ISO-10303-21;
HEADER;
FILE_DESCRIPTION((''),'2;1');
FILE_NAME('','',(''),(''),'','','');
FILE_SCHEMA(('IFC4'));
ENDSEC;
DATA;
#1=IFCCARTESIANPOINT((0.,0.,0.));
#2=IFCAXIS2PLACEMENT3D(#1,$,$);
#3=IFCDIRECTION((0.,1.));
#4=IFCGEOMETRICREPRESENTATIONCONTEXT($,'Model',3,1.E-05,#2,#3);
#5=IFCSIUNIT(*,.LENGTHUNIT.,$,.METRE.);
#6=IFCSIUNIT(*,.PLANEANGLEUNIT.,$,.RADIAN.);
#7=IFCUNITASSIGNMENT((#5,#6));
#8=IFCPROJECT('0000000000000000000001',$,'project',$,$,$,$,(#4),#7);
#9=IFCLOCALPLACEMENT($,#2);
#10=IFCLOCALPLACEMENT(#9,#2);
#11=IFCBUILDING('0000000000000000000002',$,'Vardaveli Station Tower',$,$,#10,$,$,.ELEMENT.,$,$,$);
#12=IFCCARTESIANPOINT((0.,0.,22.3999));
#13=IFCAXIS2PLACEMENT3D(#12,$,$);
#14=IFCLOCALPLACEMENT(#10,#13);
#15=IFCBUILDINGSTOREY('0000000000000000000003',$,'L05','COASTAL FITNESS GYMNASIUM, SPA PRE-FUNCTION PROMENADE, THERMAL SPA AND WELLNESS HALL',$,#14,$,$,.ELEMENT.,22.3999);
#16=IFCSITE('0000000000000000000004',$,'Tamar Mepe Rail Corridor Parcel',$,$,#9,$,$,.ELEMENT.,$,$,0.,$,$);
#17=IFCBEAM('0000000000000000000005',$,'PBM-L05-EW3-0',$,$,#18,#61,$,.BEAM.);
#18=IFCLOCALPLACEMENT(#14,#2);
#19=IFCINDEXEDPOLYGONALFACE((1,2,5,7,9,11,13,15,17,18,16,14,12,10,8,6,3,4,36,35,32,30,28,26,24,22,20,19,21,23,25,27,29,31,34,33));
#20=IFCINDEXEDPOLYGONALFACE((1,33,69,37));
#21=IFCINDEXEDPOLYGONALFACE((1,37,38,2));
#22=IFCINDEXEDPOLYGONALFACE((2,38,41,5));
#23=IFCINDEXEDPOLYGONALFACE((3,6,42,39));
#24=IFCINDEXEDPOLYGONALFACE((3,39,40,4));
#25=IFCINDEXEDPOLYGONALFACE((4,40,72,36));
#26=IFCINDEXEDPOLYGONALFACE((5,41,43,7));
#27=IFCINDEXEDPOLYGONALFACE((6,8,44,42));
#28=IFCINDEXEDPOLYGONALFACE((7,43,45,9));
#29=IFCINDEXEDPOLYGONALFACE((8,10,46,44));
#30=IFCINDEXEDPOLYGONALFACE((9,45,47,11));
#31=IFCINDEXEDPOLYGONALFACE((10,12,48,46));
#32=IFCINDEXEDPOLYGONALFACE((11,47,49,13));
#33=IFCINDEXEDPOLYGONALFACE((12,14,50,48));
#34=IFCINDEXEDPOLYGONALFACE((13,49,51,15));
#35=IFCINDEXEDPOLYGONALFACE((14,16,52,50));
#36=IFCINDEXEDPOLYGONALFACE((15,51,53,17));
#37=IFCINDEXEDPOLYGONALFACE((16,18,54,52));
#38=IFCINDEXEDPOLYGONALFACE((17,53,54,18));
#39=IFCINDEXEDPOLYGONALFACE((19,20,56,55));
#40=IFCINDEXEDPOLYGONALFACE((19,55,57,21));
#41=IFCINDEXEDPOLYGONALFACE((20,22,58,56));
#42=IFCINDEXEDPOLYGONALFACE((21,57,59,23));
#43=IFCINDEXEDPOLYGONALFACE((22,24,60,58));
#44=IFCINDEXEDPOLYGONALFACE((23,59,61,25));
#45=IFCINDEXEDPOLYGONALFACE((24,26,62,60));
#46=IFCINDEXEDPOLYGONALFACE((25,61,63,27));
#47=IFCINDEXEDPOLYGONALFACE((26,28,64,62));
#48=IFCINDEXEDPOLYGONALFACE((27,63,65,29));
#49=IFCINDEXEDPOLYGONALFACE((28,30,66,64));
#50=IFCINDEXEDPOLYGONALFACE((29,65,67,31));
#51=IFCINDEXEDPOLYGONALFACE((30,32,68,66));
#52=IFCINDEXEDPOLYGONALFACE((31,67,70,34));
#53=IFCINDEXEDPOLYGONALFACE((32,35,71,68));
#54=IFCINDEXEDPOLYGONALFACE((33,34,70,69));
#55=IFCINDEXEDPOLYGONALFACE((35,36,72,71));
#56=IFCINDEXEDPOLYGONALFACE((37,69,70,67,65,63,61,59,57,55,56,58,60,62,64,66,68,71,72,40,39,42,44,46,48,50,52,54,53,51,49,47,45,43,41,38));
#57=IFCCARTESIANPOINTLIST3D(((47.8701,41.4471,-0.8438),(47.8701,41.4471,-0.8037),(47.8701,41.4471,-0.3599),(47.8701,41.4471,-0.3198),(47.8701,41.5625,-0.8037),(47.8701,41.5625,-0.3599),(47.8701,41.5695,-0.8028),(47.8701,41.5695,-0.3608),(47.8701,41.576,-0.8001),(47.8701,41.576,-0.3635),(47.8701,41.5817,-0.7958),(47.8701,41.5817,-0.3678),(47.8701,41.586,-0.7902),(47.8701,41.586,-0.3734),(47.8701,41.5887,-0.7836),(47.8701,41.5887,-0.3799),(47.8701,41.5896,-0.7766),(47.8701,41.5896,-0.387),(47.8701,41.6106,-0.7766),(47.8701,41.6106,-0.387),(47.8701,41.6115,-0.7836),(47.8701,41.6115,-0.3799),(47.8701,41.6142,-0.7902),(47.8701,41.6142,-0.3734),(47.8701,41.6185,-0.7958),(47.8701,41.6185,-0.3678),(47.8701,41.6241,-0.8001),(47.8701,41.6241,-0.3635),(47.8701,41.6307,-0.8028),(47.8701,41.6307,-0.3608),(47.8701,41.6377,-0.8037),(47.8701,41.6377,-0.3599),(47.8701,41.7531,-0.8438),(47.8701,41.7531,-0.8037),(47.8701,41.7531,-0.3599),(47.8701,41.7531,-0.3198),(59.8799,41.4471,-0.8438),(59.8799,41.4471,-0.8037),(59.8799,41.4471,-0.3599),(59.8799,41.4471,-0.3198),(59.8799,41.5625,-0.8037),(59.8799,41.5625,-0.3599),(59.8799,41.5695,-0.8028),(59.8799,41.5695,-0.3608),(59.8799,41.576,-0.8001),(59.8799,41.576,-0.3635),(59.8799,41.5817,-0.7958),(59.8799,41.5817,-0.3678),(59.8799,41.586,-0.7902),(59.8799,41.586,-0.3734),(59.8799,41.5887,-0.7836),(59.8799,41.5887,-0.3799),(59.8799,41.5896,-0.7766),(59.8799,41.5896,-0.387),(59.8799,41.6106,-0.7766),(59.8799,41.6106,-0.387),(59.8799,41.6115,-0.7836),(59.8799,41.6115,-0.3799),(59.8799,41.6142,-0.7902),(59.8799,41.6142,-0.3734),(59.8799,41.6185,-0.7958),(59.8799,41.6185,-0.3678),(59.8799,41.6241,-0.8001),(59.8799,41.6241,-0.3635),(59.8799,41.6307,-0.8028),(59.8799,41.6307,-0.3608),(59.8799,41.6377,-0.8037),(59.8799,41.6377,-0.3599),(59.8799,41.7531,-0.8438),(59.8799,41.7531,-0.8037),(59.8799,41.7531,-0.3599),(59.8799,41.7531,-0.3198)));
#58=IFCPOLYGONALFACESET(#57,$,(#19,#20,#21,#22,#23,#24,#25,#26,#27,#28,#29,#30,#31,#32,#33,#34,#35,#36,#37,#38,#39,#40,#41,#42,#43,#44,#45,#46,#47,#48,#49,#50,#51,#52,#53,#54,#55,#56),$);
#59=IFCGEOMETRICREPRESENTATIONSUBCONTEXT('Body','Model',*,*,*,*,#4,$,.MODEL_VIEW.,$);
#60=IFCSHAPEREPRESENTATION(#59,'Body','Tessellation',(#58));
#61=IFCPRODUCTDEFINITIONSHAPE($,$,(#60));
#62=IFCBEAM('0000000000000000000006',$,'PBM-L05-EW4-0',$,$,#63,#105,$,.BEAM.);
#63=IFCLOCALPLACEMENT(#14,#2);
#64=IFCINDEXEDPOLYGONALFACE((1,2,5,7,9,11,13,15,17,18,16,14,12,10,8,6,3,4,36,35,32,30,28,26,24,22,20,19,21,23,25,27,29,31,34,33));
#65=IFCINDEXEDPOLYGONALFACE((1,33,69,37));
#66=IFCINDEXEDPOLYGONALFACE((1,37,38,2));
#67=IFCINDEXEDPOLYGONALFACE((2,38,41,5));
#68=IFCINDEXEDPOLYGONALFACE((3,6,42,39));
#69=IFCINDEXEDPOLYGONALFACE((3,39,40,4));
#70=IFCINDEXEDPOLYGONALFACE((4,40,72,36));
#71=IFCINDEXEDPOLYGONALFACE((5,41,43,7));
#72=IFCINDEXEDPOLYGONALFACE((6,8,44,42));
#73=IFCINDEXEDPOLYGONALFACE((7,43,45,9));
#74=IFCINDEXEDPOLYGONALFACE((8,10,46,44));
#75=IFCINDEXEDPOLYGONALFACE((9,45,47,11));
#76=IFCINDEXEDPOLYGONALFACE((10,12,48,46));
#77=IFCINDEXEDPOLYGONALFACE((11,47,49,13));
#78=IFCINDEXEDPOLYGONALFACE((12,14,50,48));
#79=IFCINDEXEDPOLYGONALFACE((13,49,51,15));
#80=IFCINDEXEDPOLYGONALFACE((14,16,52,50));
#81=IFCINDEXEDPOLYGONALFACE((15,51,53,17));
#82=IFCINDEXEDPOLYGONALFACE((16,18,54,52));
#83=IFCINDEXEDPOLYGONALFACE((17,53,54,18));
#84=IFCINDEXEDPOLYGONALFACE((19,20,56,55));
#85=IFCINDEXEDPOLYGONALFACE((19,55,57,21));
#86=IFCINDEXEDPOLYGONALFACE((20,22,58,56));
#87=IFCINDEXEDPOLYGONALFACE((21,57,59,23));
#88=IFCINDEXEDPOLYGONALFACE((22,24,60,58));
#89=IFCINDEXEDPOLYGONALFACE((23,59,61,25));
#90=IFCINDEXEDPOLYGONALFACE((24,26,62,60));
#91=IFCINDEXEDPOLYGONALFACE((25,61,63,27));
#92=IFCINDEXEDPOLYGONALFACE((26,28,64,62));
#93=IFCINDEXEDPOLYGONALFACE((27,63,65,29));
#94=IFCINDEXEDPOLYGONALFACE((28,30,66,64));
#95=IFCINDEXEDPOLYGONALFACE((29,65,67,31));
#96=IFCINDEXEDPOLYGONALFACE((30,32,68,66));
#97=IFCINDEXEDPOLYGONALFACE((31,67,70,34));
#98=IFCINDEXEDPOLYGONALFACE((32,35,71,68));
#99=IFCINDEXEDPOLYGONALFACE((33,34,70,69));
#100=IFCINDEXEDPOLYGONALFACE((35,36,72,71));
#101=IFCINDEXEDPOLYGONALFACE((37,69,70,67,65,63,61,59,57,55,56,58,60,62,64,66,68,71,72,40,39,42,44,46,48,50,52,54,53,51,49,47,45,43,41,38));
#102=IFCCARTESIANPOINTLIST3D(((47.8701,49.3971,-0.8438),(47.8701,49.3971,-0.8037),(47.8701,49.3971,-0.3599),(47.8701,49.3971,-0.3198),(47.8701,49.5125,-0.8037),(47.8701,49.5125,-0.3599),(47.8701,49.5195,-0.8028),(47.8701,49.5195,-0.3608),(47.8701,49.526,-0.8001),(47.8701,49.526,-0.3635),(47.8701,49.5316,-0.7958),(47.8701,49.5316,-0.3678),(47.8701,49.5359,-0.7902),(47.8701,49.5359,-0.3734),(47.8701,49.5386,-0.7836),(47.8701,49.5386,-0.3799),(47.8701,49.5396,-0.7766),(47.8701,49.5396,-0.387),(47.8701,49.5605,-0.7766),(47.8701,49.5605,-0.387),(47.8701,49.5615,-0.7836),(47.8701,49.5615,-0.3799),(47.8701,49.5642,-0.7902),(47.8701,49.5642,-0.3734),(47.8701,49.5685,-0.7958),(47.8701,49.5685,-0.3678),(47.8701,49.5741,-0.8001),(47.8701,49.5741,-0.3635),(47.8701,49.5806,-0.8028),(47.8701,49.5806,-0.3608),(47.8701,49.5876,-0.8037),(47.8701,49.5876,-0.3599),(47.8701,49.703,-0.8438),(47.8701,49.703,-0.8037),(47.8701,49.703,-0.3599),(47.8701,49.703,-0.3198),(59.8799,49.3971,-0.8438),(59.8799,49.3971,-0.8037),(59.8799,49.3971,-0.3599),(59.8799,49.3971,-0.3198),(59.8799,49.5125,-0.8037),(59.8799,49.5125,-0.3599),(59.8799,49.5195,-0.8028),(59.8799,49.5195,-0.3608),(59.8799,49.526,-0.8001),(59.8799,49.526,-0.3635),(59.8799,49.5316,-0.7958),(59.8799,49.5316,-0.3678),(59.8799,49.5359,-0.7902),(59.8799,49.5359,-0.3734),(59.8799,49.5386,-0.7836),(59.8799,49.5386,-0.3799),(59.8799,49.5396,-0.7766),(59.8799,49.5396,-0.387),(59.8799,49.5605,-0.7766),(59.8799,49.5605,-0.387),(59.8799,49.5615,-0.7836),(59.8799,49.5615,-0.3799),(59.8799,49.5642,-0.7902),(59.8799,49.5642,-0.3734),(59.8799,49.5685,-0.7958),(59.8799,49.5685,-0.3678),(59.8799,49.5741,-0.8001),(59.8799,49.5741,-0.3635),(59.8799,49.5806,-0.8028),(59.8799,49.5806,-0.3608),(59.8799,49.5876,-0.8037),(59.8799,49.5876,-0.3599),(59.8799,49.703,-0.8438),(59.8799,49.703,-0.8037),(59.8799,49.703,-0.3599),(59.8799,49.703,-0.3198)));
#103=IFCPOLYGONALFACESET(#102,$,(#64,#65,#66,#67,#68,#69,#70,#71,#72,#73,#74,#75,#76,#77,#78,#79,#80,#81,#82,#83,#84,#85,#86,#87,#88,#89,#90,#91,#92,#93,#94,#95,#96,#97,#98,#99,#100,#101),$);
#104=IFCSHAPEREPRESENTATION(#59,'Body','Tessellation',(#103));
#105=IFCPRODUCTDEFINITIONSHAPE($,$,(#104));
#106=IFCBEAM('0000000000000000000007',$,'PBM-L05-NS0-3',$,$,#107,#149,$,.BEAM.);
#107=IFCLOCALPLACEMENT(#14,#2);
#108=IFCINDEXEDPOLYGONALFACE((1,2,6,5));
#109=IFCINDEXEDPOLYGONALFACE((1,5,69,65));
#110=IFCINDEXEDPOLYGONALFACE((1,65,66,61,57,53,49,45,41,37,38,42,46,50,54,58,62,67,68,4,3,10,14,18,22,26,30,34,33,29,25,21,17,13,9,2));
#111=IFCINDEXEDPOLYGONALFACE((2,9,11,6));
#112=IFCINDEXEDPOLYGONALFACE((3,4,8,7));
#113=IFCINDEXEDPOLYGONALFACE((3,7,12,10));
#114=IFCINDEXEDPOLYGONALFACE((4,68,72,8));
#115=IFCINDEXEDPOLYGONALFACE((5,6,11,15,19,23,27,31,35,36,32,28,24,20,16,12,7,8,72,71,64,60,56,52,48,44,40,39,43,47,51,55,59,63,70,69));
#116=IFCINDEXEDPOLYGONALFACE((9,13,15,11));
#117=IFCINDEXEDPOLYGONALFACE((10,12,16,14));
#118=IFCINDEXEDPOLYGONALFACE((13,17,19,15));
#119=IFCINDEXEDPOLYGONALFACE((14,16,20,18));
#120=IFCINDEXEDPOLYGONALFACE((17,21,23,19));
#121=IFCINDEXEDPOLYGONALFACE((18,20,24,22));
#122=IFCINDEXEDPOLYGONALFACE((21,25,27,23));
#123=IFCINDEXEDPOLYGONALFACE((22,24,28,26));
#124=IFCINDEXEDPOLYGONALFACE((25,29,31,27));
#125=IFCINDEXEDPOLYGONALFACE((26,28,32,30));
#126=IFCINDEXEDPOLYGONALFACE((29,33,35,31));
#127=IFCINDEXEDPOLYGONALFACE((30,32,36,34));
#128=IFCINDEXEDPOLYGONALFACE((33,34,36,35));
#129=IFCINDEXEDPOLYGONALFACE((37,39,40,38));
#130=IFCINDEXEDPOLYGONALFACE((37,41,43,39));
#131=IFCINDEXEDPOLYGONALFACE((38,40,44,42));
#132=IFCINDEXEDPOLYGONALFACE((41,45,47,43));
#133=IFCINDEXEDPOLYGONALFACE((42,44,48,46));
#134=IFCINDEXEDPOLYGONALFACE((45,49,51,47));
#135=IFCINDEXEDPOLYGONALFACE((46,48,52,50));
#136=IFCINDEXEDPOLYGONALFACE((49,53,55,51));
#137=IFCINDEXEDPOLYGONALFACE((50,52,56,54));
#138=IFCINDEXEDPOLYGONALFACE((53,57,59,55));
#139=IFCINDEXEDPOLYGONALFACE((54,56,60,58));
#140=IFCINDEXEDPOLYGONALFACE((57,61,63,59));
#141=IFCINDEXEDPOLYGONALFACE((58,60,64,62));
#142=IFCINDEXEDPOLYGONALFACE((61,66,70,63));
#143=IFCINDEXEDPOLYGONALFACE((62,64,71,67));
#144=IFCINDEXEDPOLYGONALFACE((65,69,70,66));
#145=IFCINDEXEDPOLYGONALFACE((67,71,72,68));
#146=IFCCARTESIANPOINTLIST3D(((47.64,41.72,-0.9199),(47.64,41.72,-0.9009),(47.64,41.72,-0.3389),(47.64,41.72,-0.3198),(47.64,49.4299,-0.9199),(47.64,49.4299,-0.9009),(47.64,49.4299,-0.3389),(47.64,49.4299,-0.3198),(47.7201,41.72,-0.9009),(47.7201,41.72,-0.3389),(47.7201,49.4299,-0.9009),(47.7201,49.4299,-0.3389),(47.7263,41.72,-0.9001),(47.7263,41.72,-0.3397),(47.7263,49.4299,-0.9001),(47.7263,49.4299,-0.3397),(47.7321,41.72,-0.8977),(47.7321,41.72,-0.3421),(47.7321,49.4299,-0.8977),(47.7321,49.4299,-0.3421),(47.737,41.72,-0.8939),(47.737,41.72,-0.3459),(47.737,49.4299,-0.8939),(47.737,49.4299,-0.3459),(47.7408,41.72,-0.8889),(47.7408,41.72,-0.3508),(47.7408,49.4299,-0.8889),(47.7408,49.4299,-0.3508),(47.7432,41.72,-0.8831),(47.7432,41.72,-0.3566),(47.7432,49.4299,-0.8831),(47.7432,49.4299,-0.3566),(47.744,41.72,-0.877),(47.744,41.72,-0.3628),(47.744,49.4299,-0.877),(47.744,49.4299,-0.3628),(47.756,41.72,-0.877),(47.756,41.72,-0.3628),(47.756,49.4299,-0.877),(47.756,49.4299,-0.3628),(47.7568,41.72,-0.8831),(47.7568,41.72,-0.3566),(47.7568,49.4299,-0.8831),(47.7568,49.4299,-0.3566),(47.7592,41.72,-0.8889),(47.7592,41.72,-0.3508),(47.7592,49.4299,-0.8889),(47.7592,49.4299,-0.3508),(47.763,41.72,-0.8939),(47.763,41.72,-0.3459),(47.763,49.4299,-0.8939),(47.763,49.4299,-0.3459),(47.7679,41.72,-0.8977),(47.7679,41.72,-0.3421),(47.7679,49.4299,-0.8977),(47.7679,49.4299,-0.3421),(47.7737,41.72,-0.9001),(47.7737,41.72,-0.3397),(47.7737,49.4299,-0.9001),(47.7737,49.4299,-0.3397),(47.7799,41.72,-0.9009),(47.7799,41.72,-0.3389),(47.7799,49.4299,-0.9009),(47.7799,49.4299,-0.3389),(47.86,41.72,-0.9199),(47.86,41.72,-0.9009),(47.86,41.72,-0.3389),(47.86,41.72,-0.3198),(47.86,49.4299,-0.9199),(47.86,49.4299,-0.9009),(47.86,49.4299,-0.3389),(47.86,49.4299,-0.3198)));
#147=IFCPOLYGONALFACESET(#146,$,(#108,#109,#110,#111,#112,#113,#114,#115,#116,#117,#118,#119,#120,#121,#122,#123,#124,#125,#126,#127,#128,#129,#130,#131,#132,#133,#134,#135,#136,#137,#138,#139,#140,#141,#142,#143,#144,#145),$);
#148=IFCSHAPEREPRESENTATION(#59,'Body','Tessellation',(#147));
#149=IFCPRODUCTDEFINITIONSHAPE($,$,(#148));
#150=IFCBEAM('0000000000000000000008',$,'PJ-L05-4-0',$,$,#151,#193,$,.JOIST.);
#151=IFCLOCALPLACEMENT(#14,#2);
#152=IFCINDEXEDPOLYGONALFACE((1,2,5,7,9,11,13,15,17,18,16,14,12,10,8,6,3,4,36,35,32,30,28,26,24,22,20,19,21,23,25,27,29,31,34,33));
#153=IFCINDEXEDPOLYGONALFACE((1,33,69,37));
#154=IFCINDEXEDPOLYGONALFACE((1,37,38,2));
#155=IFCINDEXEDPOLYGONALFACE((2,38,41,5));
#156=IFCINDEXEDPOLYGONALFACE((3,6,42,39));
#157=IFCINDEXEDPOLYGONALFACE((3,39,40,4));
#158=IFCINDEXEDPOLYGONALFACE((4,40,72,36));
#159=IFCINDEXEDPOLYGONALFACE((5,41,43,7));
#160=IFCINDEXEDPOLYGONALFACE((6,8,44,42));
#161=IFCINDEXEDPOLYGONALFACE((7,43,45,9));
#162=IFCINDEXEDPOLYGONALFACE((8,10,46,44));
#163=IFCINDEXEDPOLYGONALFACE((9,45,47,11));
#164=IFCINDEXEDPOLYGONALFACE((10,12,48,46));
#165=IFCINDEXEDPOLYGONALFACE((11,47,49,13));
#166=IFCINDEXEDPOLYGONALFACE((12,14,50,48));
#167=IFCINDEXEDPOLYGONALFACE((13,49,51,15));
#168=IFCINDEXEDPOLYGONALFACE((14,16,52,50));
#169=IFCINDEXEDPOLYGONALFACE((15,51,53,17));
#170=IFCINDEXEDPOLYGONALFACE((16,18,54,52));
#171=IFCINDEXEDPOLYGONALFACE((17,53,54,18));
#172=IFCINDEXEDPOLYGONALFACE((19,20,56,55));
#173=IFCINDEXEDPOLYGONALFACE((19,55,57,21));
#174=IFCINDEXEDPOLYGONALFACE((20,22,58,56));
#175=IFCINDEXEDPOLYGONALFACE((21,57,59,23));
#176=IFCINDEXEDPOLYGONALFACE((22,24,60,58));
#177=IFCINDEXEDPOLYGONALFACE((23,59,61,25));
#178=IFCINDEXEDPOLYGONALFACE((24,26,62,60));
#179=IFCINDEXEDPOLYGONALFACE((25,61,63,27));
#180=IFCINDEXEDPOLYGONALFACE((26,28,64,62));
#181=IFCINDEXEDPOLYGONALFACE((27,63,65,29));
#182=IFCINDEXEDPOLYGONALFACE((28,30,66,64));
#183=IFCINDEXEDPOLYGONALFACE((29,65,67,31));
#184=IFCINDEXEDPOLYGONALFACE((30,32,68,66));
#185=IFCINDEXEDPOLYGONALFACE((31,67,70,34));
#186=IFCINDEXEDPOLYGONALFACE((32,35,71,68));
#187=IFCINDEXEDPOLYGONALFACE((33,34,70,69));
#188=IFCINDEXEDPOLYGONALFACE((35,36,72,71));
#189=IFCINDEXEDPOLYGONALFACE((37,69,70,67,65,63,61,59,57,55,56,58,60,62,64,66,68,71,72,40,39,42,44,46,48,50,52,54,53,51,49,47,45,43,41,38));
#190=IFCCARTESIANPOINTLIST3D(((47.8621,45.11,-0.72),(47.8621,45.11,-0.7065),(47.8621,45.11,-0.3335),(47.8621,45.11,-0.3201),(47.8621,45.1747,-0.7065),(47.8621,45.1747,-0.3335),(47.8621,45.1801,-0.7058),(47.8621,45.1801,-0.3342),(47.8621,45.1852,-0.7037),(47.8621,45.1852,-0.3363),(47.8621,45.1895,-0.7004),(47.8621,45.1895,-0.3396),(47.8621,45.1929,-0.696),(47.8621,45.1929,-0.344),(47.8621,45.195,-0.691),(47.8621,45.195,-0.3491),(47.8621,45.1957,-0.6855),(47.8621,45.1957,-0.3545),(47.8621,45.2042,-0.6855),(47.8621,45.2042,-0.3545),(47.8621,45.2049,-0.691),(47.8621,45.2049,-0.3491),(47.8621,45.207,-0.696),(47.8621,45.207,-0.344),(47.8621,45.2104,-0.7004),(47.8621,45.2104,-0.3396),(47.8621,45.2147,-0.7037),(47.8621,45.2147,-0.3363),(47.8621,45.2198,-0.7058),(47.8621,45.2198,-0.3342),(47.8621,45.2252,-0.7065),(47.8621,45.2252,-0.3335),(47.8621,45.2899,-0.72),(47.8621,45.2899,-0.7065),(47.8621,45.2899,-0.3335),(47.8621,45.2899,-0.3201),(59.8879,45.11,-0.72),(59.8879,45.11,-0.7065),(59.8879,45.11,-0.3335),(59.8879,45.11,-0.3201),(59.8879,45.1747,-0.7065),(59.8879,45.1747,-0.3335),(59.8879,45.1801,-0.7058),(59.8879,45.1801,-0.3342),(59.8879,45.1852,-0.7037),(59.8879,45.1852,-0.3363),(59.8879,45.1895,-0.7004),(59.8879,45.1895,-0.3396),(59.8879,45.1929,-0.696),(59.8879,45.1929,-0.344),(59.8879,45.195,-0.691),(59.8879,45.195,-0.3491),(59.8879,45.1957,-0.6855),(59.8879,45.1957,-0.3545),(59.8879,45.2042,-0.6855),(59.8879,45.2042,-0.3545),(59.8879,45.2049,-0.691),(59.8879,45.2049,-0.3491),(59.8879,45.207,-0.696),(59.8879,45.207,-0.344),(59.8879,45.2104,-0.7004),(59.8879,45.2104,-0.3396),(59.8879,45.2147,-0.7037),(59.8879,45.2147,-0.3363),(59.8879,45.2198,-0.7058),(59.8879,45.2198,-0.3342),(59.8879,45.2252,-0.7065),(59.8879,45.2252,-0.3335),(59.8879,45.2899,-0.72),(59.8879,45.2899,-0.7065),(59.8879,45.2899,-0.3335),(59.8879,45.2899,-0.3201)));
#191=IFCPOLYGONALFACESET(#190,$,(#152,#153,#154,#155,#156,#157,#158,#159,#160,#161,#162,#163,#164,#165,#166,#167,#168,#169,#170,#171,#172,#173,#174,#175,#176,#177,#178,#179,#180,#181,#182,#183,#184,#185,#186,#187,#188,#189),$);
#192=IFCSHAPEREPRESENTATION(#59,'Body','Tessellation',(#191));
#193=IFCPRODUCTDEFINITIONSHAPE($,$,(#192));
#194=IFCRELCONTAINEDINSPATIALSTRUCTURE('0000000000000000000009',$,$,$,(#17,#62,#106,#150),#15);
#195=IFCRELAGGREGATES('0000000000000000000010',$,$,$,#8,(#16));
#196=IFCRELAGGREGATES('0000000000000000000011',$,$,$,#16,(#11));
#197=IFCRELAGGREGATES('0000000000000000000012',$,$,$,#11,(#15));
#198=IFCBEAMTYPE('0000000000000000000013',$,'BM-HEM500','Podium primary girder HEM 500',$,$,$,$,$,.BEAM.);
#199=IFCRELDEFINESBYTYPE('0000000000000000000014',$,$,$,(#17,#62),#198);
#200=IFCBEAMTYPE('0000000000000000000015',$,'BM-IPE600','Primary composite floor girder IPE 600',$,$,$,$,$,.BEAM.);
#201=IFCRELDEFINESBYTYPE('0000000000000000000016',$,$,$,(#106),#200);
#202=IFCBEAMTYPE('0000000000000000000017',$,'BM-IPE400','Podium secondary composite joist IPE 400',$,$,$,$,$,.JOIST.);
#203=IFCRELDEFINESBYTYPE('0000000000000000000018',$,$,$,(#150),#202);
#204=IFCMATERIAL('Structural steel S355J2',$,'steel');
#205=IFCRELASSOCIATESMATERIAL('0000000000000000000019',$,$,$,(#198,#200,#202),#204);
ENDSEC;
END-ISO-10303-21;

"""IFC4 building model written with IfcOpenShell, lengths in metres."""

from ifc_helpers import new_model, si_unit, direction, frame, origin, origin_2d, place, context, subcontext, project, spatial, i_section, extrude, source, transform, mapped, material, material_profile, profile_set, type_object, element, save


model = new_model("IFC4")

# Units and contexts
model_context = context("Model", 3, precision=1e-05, world=origin(), true_north=direction((0.0, 1.0)))
body_context = subcontext(model_context, "Body", "Model", "MODEL_VIEW")
ifc_project = project(units=[si_unit("LENGTHUNIT", "METRE"), si_unit("PLANEANGLEUNIT", "RADIAN")], contexts=[model_context])

# Site, building, storey
site_placement = place(None, origin())
site = spatial("IfcSite", under=ifc_project, at=site_placement, Name="Tamar Mepe Rail Corridor Parcel", CompositionType="ELEMENT", RefElevation=0.0)
building_placement = place(site_placement, origin())
building = spatial("IfcBuilding", under=site, at=building_placement, Name="Vardaveli Station Tower", CompositionType="ELEMENT")
storey_placement = place(building_placement, frame((0.0, 0.0, 22.3999)))
storey = spatial("IfcBuildingStorey", under=building, at=storey_placement, Name="L05", Description="COASTAL FITNESS GYMNASIUM, SPA PRE-FUNCTION PROMENADE, THERMAL SPA AND WELLNESS HALL", CompositionType="ELEMENT", Elevation=22.3999)

# Beams
ifc_material_1 = material(Name="Structural steel S355J2", Category="steel")
ifc_material_profile_1 = material_profile(ifc_material_1, i_section(OverallWidth=0.3059, OverallDepth=0.5239, WebThickness=0.021, FlangeThickness=0.04, FilletRadius=0.0271, at=origin_2d()), Name="HEM 500")
ifc_profile_set_1 = profile_set([ifc_material_profile_1], Name="Structural steel S355J2")
beam_type_1 = type_object("IfcBeamType", Name="BM-HEM500", Description="Podium primary girder HEM 500", PredefinedType="BEAM", material=ifc_profile_set_1)
shared_shape_1 = source(origin(), body_context, "Body", "SweptSolid", [
    extrude(i_section(OverallWidth=0.3059, OverallDepth=0.5239, WebThickness=0.021, FlangeThickness=0.04, FilletRadius=0.0271, at=origin_2d()), origin(), (0.0, 0.0, 1.0), 12.0098),
])
for number, where, z_axis, x_axis, name in (
    (1, (47.8701, 41.6001, -0.5818), (1.0, 0.0, 0.0), (0.0, 1.0, 0.0), "PBM-L05-EW3-0"),
    (2, (47.8701, 49.55, -0.5818), (1.0, 0.0, 0.0), (0.0, 1.0, 0.0), "PBM-L05-EW4-0"),
):
    element("IfcBeam", number, at=place(storey_placement, frame(where, z_axis=z_axis, x_axis=x_axis)), inside=storey, type_object=beam_type_1, Name=name, PredefinedType="BEAM", context=body_context, shape_type="MappedRepresentation", body=[
        mapped(shared_shape_1, transform((0.0, 0.0, 0.0), scale=1.0)),
    ])
ifc_material_profile_2 = material_profile(ifc_material_1, i_section(OverallWidth=0.22, OverallDepth=0.6001, WebThickness=0.012, FlangeThickness=0.019, FilletRadius=0.0239, at=origin_2d()), Name="IPE 600")
ifc_profile_set_2 = profile_set([ifc_material_profile_2], Name="Structural steel S355J2")
beam_type_2 = type_object("IfcBeamType", Name="BM-IPE600", Description="Primary composite floor girder IPE 600", PredefinedType="BEAM", material=ifc_profile_set_2)
shared_shape_2 = source(origin(), body_context, "Body", "SweptSolid", [
    extrude(i_section(OverallWidth=0.22, OverallDepth=0.6001, WebThickness=0.012, FlangeThickness=0.019, FilletRadius=0.0239, at=origin_2d()), origin(), (0.0, 0.0, 1.0), 7.71),
])
beam_1_placement = place(storey_placement, frame((47.75, 41.72, -0.6199), z_axis=(0.0, 1.0, 0.0), x_axis=(-1.0, 0.0, 0.0)))
element("IfcBeam", 3, at=beam_1_placement, inside=storey, type_object=beam_type_2, Name="PBM-L05-NS0-3", PredefinedType="BEAM", context=body_context, shape_type="MappedRepresentation", body=[
    mapped(shared_shape_2, transform((0.0, 0.0, 0.0), scale=1.0)),
])
ifc_material_profile_3 = material_profile(ifc_material_1, i_section(OverallWidth=0.1799, OverallDepth=0.3999, WebThickness=0.0085, FlangeThickness=0.0134, FilletRadius=0.021, at=origin_2d()), Name="IPE 400")
ifc_profile_set_3 = profile_set([ifc_material_profile_3], Name="Structural steel S355J2")
beam_type_3 = type_object("IfcBeamType", Name="BM-IPE400", Description="Podium secondary composite joist IPE 400", PredefinedType="JOIST", material=ifc_profile_set_3)
shared_shape_3 = source(origin(), body_context, "Body", "SweptSolid", [
    extrude(i_section(OverallWidth=0.1799, OverallDepth=0.3999, WebThickness=0.0085, FlangeThickness=0.0134, FilletRadius=0.021, at=origin_2d()), origin(), (0.0, 0.0, 1.0), 12.0259),
])
beam_2_placement = place(storey_placement, frame((47.8621, 45.2, -0.52), z_axis=(1.0, 0.0, 0.0), x_axis=(0.0, 1.0, 0.0)))
element("IfcBeam", 4, at=beam_2_placement, inside=storey, type_object=beam_type_3, Name="PJ-L05-4-0", PredefinedType="JOIST", context=body_context, shape_type="MappedRepresentation", body=[
    mapped(shared_shape_3, transform((0.0, 0.0, 0.0), scale=1.0)),
])

save(model, "model.ifc")
